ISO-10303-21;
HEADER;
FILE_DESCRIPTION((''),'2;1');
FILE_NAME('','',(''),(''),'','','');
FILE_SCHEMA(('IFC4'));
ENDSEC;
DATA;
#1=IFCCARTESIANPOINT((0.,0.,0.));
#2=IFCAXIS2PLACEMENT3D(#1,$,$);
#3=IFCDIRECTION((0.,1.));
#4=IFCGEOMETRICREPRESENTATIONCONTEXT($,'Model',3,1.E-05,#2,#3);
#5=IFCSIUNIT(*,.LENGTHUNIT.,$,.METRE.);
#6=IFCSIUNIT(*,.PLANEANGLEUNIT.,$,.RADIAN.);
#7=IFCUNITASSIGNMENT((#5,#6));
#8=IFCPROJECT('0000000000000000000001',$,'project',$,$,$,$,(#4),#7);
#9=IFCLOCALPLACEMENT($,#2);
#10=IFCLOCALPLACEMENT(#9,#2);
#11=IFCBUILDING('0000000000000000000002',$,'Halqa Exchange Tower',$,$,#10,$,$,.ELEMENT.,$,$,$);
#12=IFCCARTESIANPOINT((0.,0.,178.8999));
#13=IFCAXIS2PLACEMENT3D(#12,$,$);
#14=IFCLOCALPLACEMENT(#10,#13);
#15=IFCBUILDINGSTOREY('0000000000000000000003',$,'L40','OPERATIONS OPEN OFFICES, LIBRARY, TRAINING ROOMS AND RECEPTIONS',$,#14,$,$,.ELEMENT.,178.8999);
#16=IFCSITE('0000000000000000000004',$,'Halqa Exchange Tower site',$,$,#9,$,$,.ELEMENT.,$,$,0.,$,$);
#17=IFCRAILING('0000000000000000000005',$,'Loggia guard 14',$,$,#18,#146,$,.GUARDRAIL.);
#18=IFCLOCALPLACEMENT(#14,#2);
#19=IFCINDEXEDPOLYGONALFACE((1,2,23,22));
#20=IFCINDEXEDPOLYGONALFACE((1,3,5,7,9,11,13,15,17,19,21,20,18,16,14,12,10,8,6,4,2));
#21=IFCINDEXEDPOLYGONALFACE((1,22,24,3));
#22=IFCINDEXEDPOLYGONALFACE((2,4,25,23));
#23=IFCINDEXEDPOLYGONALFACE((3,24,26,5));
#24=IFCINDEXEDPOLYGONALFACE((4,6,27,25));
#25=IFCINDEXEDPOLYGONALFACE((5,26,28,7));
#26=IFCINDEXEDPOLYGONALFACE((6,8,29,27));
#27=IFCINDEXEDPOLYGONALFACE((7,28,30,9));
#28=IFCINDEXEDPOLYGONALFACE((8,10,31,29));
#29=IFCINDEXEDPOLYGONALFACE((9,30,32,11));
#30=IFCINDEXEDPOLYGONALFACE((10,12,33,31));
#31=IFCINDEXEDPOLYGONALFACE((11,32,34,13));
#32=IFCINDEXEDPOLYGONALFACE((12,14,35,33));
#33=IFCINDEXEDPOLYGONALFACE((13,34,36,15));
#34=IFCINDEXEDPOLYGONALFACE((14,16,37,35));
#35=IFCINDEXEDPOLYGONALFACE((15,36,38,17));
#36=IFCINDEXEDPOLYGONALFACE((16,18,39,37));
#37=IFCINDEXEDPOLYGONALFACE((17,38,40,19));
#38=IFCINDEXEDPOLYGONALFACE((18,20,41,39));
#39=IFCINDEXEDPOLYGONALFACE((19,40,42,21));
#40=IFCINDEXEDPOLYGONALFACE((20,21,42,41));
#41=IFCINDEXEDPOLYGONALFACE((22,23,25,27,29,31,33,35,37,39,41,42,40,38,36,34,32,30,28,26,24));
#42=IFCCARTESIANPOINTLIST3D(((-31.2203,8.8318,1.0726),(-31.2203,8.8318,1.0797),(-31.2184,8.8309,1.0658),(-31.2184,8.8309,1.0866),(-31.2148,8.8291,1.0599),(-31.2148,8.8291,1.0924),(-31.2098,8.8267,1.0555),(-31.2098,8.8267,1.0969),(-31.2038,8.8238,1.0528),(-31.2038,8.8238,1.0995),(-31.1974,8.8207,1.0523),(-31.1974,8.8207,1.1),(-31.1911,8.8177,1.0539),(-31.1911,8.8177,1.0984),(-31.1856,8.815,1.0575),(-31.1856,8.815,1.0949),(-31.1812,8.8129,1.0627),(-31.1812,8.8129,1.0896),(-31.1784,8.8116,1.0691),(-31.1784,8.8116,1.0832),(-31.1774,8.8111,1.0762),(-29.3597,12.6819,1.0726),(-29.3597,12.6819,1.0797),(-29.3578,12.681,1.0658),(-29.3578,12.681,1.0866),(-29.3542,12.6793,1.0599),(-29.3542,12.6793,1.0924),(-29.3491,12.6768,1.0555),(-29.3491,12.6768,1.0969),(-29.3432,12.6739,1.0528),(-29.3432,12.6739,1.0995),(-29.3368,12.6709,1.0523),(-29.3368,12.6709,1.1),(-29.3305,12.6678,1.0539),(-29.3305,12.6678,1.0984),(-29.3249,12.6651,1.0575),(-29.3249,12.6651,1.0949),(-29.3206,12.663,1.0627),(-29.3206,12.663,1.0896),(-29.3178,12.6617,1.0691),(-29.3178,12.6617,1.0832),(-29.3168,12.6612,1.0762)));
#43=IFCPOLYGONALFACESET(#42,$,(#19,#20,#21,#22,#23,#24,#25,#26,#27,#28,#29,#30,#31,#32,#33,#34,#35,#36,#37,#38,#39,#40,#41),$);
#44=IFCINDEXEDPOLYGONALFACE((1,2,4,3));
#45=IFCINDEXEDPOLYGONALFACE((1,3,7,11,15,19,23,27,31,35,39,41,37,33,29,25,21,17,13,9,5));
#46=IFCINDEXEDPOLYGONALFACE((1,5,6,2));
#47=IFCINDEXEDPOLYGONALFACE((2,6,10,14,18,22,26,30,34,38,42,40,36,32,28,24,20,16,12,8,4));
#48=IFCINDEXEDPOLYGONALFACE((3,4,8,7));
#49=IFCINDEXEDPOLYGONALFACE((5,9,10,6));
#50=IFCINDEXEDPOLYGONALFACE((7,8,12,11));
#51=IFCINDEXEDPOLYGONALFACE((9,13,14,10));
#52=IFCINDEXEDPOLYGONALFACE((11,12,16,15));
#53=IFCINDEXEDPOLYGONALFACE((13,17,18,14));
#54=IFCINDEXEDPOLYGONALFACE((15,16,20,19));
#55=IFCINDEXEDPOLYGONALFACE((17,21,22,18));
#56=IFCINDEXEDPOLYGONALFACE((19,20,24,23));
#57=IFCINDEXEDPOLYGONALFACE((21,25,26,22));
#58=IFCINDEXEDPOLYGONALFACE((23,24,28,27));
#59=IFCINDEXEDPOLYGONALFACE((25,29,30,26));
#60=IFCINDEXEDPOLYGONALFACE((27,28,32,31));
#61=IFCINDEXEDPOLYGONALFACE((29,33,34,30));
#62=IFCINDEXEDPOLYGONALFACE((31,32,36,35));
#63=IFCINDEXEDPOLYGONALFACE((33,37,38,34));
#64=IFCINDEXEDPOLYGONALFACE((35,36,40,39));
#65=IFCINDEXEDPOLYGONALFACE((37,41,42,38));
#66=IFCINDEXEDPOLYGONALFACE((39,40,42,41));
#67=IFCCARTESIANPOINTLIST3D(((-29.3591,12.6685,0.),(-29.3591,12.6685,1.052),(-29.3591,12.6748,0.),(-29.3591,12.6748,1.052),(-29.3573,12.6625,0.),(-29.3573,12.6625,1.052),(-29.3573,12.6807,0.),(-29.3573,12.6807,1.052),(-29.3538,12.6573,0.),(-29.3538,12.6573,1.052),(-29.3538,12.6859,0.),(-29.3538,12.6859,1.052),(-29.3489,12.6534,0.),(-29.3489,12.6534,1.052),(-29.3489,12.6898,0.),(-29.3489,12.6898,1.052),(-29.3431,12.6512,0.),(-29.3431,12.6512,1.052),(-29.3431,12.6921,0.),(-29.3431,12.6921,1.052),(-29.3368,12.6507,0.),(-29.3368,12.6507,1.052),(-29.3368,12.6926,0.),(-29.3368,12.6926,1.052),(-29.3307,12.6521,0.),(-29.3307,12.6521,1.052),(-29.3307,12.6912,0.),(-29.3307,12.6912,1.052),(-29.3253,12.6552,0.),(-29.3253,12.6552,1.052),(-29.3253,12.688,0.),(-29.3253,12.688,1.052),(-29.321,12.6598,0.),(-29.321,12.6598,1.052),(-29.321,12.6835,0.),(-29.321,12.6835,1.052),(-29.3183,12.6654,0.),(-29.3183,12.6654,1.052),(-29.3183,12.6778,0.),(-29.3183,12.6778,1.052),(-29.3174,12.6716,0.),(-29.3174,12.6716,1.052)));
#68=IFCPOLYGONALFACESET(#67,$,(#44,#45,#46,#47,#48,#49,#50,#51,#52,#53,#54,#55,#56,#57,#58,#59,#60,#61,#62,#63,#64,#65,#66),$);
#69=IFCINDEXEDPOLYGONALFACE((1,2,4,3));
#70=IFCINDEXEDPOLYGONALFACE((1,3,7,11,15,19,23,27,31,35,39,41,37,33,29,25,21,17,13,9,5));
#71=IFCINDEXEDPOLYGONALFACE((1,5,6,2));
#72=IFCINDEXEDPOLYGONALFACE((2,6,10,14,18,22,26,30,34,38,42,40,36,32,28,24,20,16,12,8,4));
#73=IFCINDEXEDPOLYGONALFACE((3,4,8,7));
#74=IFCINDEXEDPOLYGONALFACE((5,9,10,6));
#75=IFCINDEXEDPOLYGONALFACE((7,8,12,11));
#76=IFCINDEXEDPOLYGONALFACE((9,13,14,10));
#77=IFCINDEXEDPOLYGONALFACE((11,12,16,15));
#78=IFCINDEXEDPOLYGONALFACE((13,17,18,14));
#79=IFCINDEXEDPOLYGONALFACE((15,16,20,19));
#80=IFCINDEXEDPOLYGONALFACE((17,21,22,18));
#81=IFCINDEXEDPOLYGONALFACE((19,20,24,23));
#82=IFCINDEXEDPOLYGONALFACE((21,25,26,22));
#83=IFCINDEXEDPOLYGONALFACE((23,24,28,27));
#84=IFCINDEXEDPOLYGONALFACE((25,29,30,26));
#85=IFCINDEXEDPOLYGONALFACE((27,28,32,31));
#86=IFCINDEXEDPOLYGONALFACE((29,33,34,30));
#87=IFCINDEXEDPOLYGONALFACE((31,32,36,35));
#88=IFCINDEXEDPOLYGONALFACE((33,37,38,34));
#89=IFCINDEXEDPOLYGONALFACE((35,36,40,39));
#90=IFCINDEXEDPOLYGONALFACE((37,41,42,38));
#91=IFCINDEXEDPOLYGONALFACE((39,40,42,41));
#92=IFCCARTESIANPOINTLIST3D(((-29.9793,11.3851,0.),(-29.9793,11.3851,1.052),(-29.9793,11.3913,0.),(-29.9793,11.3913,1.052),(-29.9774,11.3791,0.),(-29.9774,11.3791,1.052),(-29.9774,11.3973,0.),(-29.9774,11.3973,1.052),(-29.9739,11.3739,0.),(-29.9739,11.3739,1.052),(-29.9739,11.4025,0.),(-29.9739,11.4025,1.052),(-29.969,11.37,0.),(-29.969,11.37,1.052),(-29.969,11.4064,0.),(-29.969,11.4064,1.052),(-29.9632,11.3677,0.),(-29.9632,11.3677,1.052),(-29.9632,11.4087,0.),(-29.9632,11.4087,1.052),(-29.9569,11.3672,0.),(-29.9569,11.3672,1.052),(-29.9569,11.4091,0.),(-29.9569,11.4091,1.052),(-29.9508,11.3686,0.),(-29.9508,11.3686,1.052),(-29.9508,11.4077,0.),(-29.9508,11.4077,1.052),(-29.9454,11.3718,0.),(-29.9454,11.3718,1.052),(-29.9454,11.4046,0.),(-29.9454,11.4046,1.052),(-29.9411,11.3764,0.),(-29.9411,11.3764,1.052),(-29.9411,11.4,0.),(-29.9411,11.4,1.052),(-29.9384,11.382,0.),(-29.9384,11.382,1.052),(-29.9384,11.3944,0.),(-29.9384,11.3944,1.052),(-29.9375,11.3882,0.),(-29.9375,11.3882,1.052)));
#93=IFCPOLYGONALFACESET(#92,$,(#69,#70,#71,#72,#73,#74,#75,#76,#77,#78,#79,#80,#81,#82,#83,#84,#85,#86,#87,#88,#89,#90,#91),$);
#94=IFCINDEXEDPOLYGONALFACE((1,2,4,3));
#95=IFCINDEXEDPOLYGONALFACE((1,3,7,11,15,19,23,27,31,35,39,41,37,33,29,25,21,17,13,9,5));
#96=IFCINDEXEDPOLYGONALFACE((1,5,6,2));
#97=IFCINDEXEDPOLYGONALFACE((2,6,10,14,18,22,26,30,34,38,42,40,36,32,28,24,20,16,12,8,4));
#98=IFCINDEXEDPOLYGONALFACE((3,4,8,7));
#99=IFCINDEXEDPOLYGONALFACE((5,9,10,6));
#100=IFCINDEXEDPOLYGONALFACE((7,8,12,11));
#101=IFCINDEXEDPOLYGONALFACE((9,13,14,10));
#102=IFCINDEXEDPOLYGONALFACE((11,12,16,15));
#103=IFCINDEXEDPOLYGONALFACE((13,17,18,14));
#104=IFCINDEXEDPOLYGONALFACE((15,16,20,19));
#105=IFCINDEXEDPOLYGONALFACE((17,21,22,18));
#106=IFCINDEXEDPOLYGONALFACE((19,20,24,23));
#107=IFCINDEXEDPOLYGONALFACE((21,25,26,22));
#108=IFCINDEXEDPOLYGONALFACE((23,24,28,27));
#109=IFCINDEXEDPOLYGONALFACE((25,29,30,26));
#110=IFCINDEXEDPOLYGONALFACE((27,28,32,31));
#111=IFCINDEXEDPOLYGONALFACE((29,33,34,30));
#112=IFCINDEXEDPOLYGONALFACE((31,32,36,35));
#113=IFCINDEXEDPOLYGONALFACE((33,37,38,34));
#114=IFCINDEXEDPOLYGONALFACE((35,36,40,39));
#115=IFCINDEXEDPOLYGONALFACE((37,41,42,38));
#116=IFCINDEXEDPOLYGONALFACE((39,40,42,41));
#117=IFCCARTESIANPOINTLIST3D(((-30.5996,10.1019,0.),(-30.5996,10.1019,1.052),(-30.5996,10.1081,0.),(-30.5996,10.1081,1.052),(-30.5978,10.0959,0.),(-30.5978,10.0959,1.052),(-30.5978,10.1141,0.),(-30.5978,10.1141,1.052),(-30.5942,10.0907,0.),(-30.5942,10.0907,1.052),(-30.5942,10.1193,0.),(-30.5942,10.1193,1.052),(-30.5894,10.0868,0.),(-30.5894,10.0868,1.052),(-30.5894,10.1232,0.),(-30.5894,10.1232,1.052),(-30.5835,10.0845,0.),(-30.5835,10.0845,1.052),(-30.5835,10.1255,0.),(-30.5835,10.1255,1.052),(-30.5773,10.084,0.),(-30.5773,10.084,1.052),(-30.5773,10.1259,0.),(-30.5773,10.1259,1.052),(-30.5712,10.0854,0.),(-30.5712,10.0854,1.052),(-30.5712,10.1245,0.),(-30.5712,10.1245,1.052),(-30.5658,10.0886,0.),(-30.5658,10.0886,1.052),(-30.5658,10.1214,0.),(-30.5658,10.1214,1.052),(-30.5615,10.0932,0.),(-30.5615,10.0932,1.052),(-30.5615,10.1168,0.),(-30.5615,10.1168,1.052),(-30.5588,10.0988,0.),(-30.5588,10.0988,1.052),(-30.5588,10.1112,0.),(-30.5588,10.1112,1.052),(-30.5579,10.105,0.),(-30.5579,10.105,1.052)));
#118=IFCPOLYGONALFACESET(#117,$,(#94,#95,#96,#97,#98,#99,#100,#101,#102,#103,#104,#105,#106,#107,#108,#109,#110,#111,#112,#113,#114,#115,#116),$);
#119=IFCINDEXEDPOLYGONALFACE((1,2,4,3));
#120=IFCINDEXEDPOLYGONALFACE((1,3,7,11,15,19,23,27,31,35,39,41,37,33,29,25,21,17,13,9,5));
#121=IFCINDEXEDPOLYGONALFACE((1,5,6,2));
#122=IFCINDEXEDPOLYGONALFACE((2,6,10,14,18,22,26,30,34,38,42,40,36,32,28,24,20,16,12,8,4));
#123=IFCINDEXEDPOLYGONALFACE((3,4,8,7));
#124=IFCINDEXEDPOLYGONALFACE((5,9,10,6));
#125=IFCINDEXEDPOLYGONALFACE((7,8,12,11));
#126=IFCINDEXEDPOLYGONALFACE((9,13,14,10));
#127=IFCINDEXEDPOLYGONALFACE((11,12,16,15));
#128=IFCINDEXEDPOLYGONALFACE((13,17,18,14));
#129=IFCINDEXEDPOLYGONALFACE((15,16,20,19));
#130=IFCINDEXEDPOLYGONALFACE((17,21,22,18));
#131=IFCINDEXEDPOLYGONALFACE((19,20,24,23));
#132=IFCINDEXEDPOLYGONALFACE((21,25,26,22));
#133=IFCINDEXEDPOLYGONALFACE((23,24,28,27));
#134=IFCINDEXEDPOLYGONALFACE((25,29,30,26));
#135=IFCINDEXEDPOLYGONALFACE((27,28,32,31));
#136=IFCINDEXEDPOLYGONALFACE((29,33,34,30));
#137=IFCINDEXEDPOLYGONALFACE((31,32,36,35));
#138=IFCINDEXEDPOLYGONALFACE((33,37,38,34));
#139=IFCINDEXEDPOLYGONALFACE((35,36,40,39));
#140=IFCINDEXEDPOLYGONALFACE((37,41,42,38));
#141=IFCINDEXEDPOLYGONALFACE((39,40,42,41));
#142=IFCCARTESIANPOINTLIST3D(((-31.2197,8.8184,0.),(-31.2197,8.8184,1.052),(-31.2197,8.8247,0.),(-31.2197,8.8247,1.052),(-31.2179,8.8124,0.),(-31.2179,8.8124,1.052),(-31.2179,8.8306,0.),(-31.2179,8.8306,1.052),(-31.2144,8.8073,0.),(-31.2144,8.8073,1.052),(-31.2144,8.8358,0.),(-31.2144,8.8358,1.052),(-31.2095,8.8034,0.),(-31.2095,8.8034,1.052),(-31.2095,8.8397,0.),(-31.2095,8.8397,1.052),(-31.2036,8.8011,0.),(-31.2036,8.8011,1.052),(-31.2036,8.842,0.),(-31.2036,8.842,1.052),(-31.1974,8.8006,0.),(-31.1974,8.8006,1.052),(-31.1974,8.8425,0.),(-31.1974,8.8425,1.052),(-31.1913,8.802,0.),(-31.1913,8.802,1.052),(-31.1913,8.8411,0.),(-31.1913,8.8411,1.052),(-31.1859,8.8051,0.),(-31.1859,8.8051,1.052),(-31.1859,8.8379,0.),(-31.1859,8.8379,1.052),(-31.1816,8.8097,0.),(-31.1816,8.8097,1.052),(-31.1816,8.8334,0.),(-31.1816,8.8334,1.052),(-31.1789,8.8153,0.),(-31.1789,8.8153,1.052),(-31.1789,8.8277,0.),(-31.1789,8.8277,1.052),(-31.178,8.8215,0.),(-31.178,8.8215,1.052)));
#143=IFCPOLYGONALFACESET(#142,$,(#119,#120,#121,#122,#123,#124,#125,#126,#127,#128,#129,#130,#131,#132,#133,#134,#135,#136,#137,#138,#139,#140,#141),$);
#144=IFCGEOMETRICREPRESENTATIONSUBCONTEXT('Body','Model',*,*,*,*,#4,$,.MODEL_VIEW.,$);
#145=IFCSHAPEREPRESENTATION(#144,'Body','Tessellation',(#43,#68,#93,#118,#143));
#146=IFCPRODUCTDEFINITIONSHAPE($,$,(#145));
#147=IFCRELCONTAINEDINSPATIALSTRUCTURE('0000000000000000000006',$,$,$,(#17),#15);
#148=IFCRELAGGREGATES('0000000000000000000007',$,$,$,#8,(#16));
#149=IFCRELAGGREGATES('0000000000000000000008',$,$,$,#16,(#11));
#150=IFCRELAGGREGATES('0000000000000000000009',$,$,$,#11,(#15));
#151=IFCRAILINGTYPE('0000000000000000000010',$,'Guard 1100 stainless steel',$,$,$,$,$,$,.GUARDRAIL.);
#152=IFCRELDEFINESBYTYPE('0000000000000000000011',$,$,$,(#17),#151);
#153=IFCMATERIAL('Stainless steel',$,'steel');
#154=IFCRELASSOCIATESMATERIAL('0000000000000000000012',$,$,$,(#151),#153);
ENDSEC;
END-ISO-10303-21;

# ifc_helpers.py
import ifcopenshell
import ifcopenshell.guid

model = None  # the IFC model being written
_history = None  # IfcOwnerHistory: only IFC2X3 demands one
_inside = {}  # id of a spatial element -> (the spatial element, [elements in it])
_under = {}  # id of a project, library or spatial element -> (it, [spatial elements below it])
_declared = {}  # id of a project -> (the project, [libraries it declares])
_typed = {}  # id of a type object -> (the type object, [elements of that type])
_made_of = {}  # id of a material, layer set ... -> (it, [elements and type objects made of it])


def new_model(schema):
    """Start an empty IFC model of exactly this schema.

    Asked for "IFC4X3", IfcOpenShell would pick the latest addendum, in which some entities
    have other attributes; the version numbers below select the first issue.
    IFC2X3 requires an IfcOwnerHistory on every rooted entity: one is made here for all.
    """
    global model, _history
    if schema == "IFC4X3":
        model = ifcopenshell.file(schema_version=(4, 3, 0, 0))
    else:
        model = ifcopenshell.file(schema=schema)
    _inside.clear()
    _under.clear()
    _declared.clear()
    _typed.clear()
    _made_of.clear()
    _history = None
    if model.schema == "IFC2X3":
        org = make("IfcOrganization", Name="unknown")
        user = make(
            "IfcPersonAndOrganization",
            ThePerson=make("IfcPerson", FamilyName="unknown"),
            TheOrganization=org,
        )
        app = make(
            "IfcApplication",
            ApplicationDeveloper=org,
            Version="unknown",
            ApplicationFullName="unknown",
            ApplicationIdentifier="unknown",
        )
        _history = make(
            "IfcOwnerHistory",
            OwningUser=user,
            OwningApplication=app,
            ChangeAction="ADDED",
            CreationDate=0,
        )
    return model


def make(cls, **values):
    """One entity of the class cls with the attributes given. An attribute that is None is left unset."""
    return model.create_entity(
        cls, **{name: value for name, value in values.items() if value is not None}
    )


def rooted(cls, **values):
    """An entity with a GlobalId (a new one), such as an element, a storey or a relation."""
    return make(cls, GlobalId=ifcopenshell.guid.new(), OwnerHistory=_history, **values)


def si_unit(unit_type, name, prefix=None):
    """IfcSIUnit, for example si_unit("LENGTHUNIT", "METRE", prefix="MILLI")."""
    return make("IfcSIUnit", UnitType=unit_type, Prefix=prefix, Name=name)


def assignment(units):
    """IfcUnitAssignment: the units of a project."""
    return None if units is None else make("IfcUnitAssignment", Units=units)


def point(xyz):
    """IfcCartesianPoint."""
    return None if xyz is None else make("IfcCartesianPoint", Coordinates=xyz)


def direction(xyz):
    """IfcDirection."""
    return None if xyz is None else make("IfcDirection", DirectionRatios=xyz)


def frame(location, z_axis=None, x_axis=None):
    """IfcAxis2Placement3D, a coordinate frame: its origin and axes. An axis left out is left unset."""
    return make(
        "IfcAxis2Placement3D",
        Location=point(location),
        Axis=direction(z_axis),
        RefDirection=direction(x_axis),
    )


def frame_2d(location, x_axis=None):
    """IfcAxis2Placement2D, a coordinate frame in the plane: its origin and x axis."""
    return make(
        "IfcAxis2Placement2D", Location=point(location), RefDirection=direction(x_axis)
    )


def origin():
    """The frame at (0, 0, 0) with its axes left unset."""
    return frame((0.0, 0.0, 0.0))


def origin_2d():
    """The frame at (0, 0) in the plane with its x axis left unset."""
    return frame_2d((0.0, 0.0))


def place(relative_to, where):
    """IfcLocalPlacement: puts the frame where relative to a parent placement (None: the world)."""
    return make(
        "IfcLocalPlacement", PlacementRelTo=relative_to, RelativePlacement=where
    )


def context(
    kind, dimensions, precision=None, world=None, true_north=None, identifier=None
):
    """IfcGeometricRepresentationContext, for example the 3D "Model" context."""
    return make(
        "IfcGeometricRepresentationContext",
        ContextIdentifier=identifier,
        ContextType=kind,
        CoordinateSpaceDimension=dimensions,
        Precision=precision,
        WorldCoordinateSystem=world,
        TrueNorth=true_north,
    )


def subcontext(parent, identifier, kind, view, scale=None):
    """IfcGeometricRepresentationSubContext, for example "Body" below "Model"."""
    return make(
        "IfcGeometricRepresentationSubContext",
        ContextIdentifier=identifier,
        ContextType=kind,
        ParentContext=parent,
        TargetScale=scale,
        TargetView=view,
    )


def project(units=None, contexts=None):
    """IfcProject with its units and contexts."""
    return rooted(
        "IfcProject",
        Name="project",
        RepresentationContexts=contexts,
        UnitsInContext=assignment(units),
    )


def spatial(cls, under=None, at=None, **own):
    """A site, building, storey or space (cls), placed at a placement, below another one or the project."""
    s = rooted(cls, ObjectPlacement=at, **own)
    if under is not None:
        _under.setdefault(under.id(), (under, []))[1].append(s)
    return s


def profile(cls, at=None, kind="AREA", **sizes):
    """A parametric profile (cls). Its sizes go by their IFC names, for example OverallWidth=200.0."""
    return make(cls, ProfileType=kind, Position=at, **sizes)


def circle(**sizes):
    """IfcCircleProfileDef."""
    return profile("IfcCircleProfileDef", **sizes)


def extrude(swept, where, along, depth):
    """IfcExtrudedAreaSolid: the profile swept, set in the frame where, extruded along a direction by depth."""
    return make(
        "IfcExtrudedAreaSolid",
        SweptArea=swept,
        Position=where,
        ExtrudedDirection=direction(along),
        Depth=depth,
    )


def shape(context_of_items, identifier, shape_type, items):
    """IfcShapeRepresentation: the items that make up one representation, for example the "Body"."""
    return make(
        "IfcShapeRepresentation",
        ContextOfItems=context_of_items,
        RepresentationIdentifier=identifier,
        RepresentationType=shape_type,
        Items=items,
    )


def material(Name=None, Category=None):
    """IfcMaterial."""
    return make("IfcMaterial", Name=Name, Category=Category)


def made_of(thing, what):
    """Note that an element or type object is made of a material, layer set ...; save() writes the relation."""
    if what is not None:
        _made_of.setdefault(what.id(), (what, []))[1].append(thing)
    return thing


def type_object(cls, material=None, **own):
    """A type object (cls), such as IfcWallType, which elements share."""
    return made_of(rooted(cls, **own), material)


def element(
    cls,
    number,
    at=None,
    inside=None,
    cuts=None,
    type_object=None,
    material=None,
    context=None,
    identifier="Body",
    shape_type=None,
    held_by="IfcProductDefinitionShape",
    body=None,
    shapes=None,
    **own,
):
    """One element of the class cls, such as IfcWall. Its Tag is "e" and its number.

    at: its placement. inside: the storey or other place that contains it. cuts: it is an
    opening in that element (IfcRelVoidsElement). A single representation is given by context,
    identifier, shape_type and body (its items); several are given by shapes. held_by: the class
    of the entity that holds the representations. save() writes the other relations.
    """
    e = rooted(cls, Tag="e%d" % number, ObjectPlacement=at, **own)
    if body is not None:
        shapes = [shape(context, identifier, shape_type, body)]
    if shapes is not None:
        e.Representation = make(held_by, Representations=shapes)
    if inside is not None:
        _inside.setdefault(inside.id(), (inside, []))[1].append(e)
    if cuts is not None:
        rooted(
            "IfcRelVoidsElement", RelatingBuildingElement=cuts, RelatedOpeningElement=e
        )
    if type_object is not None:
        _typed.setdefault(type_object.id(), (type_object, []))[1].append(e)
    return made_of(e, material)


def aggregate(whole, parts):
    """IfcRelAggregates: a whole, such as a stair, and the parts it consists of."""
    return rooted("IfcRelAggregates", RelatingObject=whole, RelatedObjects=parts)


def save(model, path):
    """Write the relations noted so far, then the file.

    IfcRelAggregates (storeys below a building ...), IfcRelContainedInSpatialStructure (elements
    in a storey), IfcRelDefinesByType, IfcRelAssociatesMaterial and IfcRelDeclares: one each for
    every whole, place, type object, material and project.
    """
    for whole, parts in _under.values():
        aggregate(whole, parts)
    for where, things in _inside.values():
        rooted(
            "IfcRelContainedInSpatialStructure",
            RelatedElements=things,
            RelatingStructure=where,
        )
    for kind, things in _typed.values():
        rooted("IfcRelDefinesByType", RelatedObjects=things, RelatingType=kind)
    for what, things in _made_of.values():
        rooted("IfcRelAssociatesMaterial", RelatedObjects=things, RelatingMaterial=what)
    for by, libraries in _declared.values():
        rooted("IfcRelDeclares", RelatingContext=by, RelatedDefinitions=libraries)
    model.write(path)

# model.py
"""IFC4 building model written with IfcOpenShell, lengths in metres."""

from ifc_helpers import new_model, si_unit, direction, frame, origin, origin_2d, place, context, subcontext, project, spatial, circle, extrude, material, type_object, element, save


model = new_model("IFC4")

# Units and contexts
model_context = context("Model", 3, precision=1e-05, world=origin(), true_north=direction((0.0, 1.0)))
body_context = subcontext(model_context, "Body", "Model", "MODEL_VIEW")
ifc_project = project(units=[si_unit("LENGTHUNIT", "METRE"), si_unit("PLANEANGLEUNIT", "RADIAN")], contexts=[model_context])

# Site, building, storey
site_placement = place(None, origin())
site = spatial("IfcSite", under=ifc_project, at=site_placement, Name="Halqa Exchange Tower site", CompositionType="ELEMENT", RefElevation=0.0)
building_placement = place(site_placement, origin())
building = spatial("IfcBuilding", under=site, at=building_placement, Name="Halqa Exchange Tower", CompositionType="ELEMENT")
storey_placement = place(building_placement, frame((0.0, 0.0, 178.8999)))
storey = spatial("IfcBuildingStorey", under=building, at=storey_placement, Name="L40", Description="OPERATIONS OPEN OFFICES, LIBRARY, TRAINING ROOMS AND RECEPTIONS", CompositionType="ELEMENT", Elevation=178.8999)

# Railing
ifc_material_1 = material(Name="Stainless steel", Category="steel")
railing_type = type_object("IfcRailingType", Name="Guard 1100 stainless steel", PredefinedType="GUARDRAIL", material=ifc_material_1)
railing_1_placement = place(storey_placement, frame((-29.3384, 12.6716, 0.0)))
element("IfcRailing", 1, at=railing_1_placement, inside=storey, type_object=railing_type, Name="Loggia guard 14", PredefinedType="GUARDRAIL", context=body_context, shape_type="SweptSolid", body=[
    extrude(circle(Radius=0.0239, at=origin_2d()), frame((0.0, 0.0, 1.0762), z_axis=(-0.435115, -0.900375, 0.0), x_axis=(0.900375, -0.435115, 0.0)), (0.0, 0.0, 1.0), 4.2761),
    extrude(circle(Radius=0.021, at=origin_2d()), origin(), (0.0, 0.0, 1.0), 1.052),
    extrude(circle(Radius=0.021, at=origin_2d()), frame((-0.6201, -1.2834, 0.0)), (0.0, 0.0, 1.0), 1.052),
    extrude(circle(Radius=0.021, at=origin_2d()), frame((-1.2405, -2.5667, 0.0)), (0.0, 0.0, 1.0), 1.052),
    extrude(circle(Radius=0.021, at=origin_2d()), frame((-1.8606, -3.8501, 0.0)), (0.0, 0.0, 1.0), 1.052),
])

save(model, "model.ifc")
